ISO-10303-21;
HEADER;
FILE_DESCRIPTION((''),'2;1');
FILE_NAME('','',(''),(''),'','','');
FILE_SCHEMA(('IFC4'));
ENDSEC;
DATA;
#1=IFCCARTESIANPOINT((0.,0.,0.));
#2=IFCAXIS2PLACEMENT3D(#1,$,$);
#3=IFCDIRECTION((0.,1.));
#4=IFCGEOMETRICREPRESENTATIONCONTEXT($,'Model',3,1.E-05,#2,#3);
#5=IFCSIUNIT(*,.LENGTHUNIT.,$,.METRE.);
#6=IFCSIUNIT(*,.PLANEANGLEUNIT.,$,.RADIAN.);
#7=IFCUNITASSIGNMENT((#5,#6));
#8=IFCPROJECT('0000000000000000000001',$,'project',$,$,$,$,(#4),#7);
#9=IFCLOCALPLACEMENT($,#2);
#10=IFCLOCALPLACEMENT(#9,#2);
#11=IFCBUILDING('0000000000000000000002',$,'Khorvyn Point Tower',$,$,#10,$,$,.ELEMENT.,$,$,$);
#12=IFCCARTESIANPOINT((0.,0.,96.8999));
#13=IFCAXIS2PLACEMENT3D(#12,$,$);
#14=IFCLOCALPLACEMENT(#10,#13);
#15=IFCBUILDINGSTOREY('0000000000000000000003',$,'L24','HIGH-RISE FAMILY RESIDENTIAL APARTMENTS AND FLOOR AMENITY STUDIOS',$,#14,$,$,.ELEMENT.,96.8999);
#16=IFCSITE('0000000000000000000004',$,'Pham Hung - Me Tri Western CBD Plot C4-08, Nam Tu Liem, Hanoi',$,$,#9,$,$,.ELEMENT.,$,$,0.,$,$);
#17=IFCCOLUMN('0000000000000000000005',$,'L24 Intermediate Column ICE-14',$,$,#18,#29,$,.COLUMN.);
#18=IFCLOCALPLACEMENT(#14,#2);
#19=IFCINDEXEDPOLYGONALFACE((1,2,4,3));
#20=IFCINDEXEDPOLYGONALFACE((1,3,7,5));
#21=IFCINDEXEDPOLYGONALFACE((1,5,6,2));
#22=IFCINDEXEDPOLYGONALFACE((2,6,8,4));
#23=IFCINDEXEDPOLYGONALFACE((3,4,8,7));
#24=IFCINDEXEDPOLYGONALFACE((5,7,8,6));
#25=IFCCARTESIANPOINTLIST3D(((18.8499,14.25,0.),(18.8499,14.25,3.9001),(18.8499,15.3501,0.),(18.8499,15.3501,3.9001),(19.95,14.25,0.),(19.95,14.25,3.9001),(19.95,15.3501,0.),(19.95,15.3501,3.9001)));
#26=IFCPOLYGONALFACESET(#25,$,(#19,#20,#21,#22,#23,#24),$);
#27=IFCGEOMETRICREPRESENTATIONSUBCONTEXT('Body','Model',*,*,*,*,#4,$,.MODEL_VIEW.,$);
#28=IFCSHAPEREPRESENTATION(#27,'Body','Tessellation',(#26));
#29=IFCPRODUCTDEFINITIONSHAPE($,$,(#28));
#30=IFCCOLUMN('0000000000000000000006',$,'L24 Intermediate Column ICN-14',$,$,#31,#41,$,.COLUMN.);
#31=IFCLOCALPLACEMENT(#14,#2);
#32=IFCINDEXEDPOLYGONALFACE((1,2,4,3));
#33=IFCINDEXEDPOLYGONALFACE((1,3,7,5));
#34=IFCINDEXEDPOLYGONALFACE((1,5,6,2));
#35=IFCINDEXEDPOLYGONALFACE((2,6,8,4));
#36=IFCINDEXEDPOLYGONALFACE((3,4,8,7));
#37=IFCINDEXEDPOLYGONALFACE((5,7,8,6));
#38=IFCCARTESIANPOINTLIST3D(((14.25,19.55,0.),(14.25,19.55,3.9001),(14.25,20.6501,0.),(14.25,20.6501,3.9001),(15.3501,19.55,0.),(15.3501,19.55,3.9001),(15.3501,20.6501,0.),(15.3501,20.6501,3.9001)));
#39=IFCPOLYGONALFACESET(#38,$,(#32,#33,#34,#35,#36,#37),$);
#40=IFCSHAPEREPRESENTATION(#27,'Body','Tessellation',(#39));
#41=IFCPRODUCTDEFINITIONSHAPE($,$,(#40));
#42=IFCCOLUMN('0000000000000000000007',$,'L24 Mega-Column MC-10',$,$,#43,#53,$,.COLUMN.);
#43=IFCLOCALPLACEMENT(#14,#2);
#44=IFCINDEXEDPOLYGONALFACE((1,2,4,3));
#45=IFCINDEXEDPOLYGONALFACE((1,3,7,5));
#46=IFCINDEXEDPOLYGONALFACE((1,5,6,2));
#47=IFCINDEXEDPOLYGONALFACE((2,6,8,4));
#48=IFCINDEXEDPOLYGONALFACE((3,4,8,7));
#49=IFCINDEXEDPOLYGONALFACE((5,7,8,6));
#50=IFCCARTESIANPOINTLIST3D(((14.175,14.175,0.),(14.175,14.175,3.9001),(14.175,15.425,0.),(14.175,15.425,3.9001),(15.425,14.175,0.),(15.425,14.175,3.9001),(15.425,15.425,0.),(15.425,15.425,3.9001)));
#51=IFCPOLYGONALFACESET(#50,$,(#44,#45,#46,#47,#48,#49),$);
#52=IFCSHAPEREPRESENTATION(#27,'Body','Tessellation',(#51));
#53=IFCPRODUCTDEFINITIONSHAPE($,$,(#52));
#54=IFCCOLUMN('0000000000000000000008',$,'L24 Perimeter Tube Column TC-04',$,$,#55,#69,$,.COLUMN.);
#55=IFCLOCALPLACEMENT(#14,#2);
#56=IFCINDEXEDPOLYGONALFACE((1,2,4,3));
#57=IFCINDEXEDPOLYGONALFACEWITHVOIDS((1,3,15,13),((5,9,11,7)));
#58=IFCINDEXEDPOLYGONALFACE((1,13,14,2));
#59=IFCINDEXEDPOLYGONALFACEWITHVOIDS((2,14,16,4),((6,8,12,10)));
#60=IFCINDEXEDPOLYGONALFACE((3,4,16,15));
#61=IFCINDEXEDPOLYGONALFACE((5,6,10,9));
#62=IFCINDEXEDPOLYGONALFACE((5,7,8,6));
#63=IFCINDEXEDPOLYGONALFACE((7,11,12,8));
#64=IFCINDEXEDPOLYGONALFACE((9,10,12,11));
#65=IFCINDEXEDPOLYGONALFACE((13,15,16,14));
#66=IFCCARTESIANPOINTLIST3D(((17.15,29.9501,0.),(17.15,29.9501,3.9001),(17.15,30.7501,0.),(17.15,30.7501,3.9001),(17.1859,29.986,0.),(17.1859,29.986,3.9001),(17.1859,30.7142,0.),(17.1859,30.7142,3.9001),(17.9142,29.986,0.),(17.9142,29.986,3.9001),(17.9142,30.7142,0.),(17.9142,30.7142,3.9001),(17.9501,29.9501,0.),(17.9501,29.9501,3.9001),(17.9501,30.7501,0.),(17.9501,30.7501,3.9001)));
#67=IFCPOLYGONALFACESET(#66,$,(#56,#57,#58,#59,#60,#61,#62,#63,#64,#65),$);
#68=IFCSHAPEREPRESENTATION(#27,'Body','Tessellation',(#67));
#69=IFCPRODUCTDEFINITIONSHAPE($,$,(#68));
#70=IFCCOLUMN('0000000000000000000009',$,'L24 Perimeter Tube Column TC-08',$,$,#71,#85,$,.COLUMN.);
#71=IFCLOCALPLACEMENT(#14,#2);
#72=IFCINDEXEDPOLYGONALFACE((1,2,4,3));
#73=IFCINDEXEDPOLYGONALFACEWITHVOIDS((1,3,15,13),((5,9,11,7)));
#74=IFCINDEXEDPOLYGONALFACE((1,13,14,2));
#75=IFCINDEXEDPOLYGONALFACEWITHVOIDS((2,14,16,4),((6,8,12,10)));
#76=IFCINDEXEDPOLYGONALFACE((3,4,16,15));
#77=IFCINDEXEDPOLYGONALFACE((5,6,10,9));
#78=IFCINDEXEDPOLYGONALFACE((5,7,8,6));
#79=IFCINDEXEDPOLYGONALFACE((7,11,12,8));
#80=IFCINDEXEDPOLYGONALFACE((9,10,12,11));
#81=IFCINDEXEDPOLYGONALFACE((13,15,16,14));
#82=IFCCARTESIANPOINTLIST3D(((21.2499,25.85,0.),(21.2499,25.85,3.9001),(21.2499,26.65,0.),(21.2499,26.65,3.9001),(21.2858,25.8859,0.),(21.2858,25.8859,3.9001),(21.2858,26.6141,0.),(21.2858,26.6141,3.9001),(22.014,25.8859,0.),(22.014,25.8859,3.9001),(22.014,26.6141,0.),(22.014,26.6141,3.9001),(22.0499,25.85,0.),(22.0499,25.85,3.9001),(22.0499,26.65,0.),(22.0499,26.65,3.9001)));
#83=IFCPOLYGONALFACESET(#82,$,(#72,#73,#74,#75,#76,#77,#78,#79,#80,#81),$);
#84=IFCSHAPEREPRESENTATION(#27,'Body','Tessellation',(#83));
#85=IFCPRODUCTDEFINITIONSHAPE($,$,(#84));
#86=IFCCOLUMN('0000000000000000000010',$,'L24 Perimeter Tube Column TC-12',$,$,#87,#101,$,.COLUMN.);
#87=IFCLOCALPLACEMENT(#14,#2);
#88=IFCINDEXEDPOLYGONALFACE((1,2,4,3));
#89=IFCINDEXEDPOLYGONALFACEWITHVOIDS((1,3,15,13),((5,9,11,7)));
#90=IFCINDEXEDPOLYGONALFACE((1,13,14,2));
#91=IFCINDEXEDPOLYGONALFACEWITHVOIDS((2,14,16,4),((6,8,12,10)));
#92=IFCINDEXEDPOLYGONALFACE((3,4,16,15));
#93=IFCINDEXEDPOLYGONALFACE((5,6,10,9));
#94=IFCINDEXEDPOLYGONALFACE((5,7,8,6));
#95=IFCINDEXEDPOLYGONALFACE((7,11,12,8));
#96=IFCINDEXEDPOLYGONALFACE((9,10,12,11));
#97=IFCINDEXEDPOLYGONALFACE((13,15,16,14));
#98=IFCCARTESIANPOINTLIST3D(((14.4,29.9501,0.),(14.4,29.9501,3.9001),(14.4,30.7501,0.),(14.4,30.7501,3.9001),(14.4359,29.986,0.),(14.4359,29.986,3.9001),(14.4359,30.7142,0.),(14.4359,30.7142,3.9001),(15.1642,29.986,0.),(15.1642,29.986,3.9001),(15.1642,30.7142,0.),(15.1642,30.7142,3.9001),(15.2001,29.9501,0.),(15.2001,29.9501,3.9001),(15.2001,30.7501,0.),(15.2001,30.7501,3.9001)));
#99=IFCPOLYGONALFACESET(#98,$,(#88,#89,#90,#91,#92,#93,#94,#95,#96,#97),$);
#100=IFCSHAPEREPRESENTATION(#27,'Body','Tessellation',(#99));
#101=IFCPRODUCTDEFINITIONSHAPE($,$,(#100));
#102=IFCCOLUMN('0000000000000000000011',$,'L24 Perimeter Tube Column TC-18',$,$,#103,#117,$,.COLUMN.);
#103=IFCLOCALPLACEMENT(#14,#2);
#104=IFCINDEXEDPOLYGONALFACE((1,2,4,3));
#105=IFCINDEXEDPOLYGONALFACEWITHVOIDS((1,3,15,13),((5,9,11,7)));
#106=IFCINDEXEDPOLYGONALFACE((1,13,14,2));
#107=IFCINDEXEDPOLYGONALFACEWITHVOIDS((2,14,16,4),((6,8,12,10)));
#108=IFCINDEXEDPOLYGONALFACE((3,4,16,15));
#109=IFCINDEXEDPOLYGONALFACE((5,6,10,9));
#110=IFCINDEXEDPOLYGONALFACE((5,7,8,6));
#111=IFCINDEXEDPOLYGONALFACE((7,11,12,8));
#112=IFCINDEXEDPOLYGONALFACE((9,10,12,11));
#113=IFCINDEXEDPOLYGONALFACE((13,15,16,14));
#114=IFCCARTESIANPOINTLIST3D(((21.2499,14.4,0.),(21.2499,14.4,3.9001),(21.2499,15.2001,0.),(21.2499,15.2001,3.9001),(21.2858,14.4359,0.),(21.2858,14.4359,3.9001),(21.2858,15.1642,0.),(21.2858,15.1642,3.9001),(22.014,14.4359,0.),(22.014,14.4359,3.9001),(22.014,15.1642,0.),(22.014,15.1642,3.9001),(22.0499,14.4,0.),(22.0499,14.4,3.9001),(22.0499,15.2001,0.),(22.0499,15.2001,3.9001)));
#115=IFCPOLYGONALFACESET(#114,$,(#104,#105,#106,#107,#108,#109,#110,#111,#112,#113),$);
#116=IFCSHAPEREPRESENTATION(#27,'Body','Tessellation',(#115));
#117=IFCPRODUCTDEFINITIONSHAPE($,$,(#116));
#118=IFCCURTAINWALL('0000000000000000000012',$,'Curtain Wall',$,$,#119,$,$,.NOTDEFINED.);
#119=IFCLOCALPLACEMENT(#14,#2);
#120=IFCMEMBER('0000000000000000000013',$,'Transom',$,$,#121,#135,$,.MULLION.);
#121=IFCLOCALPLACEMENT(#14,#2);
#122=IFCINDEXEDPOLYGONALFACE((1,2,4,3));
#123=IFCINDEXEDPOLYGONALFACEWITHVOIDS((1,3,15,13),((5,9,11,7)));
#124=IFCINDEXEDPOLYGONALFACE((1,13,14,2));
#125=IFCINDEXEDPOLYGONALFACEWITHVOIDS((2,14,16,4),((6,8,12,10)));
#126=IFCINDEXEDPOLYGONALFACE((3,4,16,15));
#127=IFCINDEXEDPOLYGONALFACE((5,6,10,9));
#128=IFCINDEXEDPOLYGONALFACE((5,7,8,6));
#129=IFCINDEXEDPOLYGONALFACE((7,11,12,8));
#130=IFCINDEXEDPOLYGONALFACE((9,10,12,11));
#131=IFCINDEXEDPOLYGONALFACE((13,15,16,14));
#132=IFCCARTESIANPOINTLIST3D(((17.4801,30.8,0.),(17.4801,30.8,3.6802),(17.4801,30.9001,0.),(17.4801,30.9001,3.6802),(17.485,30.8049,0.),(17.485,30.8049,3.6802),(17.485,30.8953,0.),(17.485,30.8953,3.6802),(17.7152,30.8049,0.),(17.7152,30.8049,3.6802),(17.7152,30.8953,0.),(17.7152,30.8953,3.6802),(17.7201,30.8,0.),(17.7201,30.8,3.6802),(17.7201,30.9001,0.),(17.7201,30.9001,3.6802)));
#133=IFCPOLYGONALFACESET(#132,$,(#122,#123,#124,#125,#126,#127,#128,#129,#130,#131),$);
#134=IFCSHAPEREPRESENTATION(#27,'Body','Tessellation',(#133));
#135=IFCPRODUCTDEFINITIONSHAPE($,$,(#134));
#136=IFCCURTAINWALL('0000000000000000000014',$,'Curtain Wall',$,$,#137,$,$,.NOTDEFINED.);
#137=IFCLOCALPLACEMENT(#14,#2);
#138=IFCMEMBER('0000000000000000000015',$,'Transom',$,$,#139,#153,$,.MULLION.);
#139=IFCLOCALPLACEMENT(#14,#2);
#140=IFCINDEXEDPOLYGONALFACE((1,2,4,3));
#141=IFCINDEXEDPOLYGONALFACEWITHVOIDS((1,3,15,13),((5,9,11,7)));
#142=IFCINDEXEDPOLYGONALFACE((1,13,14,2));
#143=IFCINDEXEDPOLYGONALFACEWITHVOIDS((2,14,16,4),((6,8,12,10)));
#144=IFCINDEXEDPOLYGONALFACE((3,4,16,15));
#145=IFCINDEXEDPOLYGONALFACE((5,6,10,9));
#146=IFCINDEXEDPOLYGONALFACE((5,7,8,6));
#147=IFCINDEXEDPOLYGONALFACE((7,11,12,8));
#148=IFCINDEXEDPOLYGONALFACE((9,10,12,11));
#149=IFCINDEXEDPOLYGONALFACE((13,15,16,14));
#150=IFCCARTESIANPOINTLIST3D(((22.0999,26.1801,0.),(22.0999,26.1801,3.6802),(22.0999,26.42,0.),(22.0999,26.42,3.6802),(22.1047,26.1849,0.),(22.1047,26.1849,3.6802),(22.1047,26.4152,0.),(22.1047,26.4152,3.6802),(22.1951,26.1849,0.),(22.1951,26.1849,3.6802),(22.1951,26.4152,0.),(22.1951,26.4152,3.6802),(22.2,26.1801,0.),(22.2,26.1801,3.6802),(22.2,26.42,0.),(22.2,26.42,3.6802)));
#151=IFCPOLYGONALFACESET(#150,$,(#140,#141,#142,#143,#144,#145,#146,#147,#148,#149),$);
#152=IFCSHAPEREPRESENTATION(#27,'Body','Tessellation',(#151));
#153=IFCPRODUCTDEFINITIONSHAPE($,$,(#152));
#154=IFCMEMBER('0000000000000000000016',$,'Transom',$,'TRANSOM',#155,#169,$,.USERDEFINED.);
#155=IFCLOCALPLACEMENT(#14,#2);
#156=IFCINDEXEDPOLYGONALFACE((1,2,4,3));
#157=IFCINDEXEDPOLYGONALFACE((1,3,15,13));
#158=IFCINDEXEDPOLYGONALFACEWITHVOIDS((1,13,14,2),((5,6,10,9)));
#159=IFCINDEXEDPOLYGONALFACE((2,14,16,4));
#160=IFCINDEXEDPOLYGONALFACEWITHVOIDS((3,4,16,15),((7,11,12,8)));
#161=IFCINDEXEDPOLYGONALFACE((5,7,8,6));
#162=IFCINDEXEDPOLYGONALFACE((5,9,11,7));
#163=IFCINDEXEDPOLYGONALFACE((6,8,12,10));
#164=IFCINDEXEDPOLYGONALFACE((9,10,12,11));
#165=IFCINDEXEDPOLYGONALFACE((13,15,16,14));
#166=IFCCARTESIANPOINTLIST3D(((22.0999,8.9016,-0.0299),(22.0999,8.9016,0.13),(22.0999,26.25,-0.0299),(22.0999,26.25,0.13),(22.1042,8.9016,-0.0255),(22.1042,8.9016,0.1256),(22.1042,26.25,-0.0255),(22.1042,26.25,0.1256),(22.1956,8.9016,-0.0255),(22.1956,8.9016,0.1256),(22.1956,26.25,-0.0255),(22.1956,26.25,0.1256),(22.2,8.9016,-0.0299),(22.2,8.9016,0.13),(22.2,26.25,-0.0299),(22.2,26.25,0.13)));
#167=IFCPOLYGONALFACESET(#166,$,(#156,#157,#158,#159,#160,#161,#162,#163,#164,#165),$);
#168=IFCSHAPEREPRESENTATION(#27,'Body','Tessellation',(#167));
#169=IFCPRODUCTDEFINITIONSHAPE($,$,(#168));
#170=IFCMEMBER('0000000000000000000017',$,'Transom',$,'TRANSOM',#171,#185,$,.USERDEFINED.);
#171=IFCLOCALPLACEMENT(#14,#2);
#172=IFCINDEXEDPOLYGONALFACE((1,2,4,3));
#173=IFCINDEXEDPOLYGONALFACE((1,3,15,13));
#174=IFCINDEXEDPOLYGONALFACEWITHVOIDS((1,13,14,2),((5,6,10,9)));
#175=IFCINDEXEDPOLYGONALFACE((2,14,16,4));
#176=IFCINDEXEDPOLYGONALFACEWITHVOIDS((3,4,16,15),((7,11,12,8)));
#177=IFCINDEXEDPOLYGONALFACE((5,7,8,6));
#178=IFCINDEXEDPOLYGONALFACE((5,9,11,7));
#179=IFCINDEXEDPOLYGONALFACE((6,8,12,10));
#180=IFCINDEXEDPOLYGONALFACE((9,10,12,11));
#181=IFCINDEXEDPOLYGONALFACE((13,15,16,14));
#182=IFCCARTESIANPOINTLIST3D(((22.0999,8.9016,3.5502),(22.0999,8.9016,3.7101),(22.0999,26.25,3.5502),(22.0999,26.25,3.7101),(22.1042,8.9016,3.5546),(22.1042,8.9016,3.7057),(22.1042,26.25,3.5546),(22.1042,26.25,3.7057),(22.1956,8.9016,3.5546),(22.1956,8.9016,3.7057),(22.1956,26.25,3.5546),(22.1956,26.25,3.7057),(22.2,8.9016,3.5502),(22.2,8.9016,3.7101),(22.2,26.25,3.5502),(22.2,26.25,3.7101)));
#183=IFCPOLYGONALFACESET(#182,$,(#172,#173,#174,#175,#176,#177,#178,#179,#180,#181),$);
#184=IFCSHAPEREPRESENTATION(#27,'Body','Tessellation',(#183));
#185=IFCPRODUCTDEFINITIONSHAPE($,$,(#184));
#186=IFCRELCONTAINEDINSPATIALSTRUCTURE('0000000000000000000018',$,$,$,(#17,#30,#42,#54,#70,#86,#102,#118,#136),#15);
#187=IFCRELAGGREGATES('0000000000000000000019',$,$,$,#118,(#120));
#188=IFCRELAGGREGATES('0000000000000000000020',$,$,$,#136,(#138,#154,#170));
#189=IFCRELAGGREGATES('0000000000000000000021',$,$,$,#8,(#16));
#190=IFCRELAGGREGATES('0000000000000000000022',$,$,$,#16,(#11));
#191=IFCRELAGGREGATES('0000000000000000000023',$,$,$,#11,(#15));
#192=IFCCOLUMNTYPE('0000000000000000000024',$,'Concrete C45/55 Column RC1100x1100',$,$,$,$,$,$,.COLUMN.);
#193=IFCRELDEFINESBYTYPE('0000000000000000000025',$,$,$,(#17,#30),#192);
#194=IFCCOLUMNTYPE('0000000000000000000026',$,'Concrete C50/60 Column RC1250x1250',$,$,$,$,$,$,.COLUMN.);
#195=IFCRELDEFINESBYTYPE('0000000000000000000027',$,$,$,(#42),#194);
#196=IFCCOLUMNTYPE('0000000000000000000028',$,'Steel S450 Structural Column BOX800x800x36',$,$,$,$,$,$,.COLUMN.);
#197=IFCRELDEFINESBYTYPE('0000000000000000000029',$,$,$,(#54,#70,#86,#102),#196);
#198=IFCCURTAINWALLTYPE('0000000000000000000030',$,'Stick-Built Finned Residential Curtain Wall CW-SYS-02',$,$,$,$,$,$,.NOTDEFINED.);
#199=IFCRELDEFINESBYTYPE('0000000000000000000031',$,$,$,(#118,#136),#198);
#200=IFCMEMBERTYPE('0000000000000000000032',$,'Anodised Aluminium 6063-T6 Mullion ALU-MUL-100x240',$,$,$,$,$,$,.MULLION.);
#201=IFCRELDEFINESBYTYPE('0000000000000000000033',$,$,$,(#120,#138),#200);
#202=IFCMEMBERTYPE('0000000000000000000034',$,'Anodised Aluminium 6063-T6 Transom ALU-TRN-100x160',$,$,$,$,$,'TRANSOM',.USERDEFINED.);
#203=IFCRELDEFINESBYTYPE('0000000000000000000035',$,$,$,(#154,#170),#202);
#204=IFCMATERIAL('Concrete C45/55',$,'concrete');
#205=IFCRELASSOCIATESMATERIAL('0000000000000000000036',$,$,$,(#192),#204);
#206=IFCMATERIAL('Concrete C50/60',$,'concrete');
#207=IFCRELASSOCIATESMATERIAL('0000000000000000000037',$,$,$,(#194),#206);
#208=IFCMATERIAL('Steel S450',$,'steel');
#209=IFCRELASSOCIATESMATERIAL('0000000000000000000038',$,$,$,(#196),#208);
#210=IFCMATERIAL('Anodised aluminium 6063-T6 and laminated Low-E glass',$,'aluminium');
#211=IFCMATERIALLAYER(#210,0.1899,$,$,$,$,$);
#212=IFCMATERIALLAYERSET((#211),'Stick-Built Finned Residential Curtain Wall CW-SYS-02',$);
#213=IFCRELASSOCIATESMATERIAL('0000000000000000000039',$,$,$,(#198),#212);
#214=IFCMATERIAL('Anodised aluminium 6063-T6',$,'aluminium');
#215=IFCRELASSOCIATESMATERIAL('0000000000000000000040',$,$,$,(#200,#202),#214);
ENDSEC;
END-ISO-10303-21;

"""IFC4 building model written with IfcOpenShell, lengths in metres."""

from ifc_helpers import new_model, si_unit, direction, frame, origin, origin_2d, place, context, subcontext, project, spatial, rectangle, hollow_rectangle, extrude, material, layer, layer_set, material_profile, profile_set, type_object, element, aggregate, save


model = new_model("IFC4")

# Units and contexts
model_context = context("Model", 3, precision=1e-05, world=origin(), true_north=direction((0.0, 1.0)))
body_context = subcontext(model_context, "Body", "Model", "MODEL_VIEW")
ifc_project = project(units=[si_unit("LENGTHUNIT", "METRE"), si_unit("PLANEANGLEUNIT", "RADIAN")], contexts=[model_context])

# Site, building, storey
site_placement = place(None, origin())
site = spatial("IfcSite", under=ifc_project, at=site_placement, Name="Pham Hung - Me Tri Western CBD Plot C4-08, Nam Tu Liem, Hanoi", CompositionType="ELEMENT", RefElevation=0.0)
building_placement = place(site_placement, origin())
building = spatial("IfcBuilding", under=site, at=building_placement, Name="Khorvyn Point Tower", CompositionType="ELEMENT")
storey_placement = place(building_placement, frame((0.0, 0.0, 96.8999)))
storey = spatial("IfcBuildingStorey", under=building, at=storey_placement, Name="L24", Description="HIGH-RISE FAMILY RESIDENTIAL APARTMENTS AND FLOOR AMENITY STUDIOS", CompositionType="ELEMENT", Elevation=96.8999)

# Columns
ifc_material_1 = material(Name="Concrete C45/55", Category="concrete")
ifc_material_profile_1 = material_profile(ifc_material_1, rectangle(XDim=1.1001, YDim=1.1001, at=origin_2d()))
ifc_profile_set_1 = profile_set([ifc_material_profile_1], Name="Concrete C45/55 RC1100x1100")
column_type_1 = type_object("IfcColumnType", Name="Concrete C45/55 Column RC1100x1100", PredefinedType="COLUMN", material=ifc_profile_set_1)
for number, where, z_axis, x_axis, name in (
    (1, (19.3999, 14.8, 0.0), (0.0, 0.0, 1.0), (1.0, 0.0, 0.0), "L24 Intermediate Column ICE-14"),
    (2, (14.8, 20.1001, 0.0), (0.0, 0.0, 1.0), (1.0, 0.0, 0.0), "L24 Intermediate Column ICN-14"),
):
    element("IfcColumn", number, at=place(storey_placement, frame(where, z_axis=z_axis, x_axis=x_axis)), inside=storey, type_object=column_type_1, Name=name, PredefinedType="COLUMN", context=body_context, shape_type="SweptSolid", body=[
        extrude(rectangle(XDim=1.1001, YDim=1.1001, at=origin_2d()), origin(), (0.0, 0.0, 1.0), 3.9001),
    ])
ifc_material_2 = material(Name="Concrete C50/60", Category="concrete")
ifc_material_profile_2 = material_profile(ifc_material_2, rectangle(XDim=1.25, YDim=1.25, at=origin_2d()))
ifc_profile_set_2 = profile_set([ifc_material_profile_2], Name="Concrete C50/60 RC1250x1250")
column_type_2 = type_object("IfcColumnType", Name="Concrete C50/60 Column RC1250x1250", PredefinedType="COLUMN", material=ifc_profile_set_2)
column_placement = place(storey_placement, frame((14.8, 14.8, 0.0), z_axis=(0.0, 0.0, 1.0), x_axis=(1.0, 0.0, 0.0)))
element("IfcColumn", 3, at=column_placement, inside=storey, type_object=column_type_2, Name="L24 Mega-Column MC-10", PredefinedType="COLUMN", context=body_context, shape_type="SweptSolid", body=[
    extrude(rectangle(XDim=1.25, YDim=1.25, at=origin_2d()), origin(), (0.0, 0.0, 1.0), 3.9001),
])
ifc_material_3 = material(Name="Steel S450", Category="steel")
ifc_material_profile_3 = material_profile(ifc_material_3, hollow_rectangle(XDim=0.8, YDim=0.8, WallThickness=0.0359, at=origin_2d()))
ifc_profile_set_3 = profile_set([ifc_material_profile_3], Name="Steel S450 BOX800x800x36")
column_type_3 = type_object("IfcColumnType", Name="Steel S450 Structural Column BOX800x800x36", PredefinedType="COLUMN", material=ifc_profile_set_3)
for number, where, z_axis, x_axis, name in (
    (4, (17.55, 30.3501, 0.0), (0.0, 0.0, 1.0), (1.0, 0.0, 0.0), "L24 Perimeter Tube Column TC-04"),
    (5, (21.6499, 26.25, 0.0), (0.0, 0.0, 1.0), (1.0, 0.0, 0.0), "L24 Perimeter Tube Column TC-08"),
    (6, (14.8, 30.3501, 0.0), (0.0, 0.0, 1.0), (1.0, 0.0, 0.0), "L24 Perimeter Tube Column TC-12"),
    (7, (21.6499, 14.8, 0.0), (0.0, 0.0, 1.0), (1.0, 0.0, 0.0), "L24 Perimeter Tube Column TC-18"),
):
    element("IfcColumn", number, at=place(storey_placement, frame(where, z_axis=z_axis, x_axis=x_axis)), inside=storey, type_object=column_type_3, Name=name, PredefinedType="COLUMN", context=body_context, shape_type="SweptSolid", body=[
        extrude(hollow_rectangle(XDim=0.8, YDim=0.8, WallThickness=0.0359, at=origin_2d()), origin(), (0.0, 0.0, 1.0), 3.9001),
    ])

# Curtain wall, member
ifc_material_4 = material(Name="Anodised aluminium 6063-T6 and laminated Low-E glass", Category="aluminium")
ifc_layer_1 = layer(ifc_material_4, 0.1899)
ifc_layer_set_1 = layer_set([ifc_layer_1], Name="Stick-Built Finned Residential Curtain Wall CW-SYS-02")
curtain_wall_type = type_object("IfcCurtainWallType", Name="Stick-Built Finned Residential Curtain Wall CW-SYS-02", PredefinedType="NOTDEFINED", material=ifc_layer_set_1)
curtain_wall_1_placement = place(storey_placement, origin())
curtain_wall_1 = element("IfcCurtainWall", 8, at=curtain_wall_1_placement, inside=storey, type_object=curtain_wall_type, Name="Curtain Wall", PredefinedType="NOTDEFINED")
ifc_material_5 = material(Name="Anodised aluminium 6063-T6", Category="aluminium")
ifc_material_profile_4 = material_profile(ifc_material_5, hollow_rectangle(XDim=0.1001, YDim=0.24, WallThickness=0.0049, at=origin_2d()))
ifc_profile_set_4 = profile_set([ifc_material_profile_4], Name="Anodised aluminium 6063-T6 ALU-MUL-100x240")
member_type_1 = type_object("IfcMemberType", Name="Anodised Aluminium 6063-T6 Mullion ALU-MUL-100x240", PredefinedType="MULLION", material=ifc_profile_set_4)
member_1_placement = place(storey_placement, frame((17.6001, 30.8501, 0.0), z_axis=(0.0, 0.0, 1.0), x_axis=(0.0, 1.0, 0.0)))
member_1 = element("IfcMember", 9, at=member_1_placement, type_object=member_type_1, Name="Transom", PredefinedType="MULLION", context=body_context, shape_type="SweptSolid", body=[
    extrude(hollow_rectangle(XDim=0.1001, YDim=0.24, WallThickness=0.0049, at=origin_2d()), origin(), (0.0, 0.0, 1.0), 3.6802),
])

# Curtain wall, members
curtain_wall_2_placement = place(storey_placement, origin())
curtain_wall_2 = element("IfcCurtainWall", 10, at=curtain_wall_2_placement, inside=storey, type_object=curtain_wall_type, Name="Curtain Wall", PredefinedType="NOTDEFINED")
member_2_placement = place(storey_placement, frame((22.1499, 26.3, 0.0), z_axis=(0.0, 0.0, 1.0), x_axis=(1.0, 0.0, 0.0)))
member_2 = element("IfcMember", 11, at=member_2_placement, type_object=member_type_1, Name="Transom", PredefinedType="MULLION", context=body_context, shape_type="SweptSolid", body=[
    extrude(hollow_rectangle(XDim=0.1001, YDim=0.24, WallThickness=0.0049, at=origin_2d()), origin(), (0.0, 0.0, 1.0), 3.6802),
])
ifc_material_profile_5 = material_profile(ifc_material_5, hollow_rectangle(XDim=0.1001, YDim=0.1599, WallThickness=0.0044, at=origin_2d()))
ifc_profile_set_5 = profile_set([ifc_material_profile_5], Name="Anodised aluminium 6063-T6 ALU-TRN-100x160")
member_type_2 = type_object("IfcMemberType", Name="Anodised Aluminium 6063-T6 Transom ALU-TRN-100x160", ElementType="TRANSOM", PredefinedType="USERDEFINED", material=ifc_profile_set_5)
member_3_placement = place(storey_placement, frame((22.1499, 26.25, 0.05), z_axis=(0.0, -1.0, 0.0), x_axis=(1.0, 0.0, 0.0)))
member_3 = element("IfcMember", 12, at=member_3_placement, type_object=member_type_2, Name="Transom", ObjectType="TRANSOM", PredefinedType="USERDEFINED", context=body_context, shape_type="SweptSolid", body=[
    extrude(hollow_rectangle(XDim=0.1001, YDim=0.1599, WallThickness=0.0044, at=origin_2d()), origin(), (0.0, 0.0, 1.0), 17.3484),
])
member_4_placement = place(storey_placement, frame((22.1499, 26.25, 3.6301), z_axis=(0.0, -1.0, 0.0), x_axis=(1.0, 0.0, 0.0)))
member_4 = element("IfcMember", 13, at=member_4_placement, type_object=member_type_2, Name="Transom", ObjectType="TRANSOM", PredefinedType="USERDEFINED", context=body_context, shape_type="SweptSolid", body=[
    extrude(hollow_rectangle(XDim=0.1001, YDim=0.1599, WallThickness=0.0044, at=origin_2d()), origin(), (0.0, 0.0, 1.0), 17.3484),
])

aggregate(curtain_wall_1, [member_1])
aggregate(curtain_wall_2, [member_2, member_3, member_4])

save(model, "model.ifc")
